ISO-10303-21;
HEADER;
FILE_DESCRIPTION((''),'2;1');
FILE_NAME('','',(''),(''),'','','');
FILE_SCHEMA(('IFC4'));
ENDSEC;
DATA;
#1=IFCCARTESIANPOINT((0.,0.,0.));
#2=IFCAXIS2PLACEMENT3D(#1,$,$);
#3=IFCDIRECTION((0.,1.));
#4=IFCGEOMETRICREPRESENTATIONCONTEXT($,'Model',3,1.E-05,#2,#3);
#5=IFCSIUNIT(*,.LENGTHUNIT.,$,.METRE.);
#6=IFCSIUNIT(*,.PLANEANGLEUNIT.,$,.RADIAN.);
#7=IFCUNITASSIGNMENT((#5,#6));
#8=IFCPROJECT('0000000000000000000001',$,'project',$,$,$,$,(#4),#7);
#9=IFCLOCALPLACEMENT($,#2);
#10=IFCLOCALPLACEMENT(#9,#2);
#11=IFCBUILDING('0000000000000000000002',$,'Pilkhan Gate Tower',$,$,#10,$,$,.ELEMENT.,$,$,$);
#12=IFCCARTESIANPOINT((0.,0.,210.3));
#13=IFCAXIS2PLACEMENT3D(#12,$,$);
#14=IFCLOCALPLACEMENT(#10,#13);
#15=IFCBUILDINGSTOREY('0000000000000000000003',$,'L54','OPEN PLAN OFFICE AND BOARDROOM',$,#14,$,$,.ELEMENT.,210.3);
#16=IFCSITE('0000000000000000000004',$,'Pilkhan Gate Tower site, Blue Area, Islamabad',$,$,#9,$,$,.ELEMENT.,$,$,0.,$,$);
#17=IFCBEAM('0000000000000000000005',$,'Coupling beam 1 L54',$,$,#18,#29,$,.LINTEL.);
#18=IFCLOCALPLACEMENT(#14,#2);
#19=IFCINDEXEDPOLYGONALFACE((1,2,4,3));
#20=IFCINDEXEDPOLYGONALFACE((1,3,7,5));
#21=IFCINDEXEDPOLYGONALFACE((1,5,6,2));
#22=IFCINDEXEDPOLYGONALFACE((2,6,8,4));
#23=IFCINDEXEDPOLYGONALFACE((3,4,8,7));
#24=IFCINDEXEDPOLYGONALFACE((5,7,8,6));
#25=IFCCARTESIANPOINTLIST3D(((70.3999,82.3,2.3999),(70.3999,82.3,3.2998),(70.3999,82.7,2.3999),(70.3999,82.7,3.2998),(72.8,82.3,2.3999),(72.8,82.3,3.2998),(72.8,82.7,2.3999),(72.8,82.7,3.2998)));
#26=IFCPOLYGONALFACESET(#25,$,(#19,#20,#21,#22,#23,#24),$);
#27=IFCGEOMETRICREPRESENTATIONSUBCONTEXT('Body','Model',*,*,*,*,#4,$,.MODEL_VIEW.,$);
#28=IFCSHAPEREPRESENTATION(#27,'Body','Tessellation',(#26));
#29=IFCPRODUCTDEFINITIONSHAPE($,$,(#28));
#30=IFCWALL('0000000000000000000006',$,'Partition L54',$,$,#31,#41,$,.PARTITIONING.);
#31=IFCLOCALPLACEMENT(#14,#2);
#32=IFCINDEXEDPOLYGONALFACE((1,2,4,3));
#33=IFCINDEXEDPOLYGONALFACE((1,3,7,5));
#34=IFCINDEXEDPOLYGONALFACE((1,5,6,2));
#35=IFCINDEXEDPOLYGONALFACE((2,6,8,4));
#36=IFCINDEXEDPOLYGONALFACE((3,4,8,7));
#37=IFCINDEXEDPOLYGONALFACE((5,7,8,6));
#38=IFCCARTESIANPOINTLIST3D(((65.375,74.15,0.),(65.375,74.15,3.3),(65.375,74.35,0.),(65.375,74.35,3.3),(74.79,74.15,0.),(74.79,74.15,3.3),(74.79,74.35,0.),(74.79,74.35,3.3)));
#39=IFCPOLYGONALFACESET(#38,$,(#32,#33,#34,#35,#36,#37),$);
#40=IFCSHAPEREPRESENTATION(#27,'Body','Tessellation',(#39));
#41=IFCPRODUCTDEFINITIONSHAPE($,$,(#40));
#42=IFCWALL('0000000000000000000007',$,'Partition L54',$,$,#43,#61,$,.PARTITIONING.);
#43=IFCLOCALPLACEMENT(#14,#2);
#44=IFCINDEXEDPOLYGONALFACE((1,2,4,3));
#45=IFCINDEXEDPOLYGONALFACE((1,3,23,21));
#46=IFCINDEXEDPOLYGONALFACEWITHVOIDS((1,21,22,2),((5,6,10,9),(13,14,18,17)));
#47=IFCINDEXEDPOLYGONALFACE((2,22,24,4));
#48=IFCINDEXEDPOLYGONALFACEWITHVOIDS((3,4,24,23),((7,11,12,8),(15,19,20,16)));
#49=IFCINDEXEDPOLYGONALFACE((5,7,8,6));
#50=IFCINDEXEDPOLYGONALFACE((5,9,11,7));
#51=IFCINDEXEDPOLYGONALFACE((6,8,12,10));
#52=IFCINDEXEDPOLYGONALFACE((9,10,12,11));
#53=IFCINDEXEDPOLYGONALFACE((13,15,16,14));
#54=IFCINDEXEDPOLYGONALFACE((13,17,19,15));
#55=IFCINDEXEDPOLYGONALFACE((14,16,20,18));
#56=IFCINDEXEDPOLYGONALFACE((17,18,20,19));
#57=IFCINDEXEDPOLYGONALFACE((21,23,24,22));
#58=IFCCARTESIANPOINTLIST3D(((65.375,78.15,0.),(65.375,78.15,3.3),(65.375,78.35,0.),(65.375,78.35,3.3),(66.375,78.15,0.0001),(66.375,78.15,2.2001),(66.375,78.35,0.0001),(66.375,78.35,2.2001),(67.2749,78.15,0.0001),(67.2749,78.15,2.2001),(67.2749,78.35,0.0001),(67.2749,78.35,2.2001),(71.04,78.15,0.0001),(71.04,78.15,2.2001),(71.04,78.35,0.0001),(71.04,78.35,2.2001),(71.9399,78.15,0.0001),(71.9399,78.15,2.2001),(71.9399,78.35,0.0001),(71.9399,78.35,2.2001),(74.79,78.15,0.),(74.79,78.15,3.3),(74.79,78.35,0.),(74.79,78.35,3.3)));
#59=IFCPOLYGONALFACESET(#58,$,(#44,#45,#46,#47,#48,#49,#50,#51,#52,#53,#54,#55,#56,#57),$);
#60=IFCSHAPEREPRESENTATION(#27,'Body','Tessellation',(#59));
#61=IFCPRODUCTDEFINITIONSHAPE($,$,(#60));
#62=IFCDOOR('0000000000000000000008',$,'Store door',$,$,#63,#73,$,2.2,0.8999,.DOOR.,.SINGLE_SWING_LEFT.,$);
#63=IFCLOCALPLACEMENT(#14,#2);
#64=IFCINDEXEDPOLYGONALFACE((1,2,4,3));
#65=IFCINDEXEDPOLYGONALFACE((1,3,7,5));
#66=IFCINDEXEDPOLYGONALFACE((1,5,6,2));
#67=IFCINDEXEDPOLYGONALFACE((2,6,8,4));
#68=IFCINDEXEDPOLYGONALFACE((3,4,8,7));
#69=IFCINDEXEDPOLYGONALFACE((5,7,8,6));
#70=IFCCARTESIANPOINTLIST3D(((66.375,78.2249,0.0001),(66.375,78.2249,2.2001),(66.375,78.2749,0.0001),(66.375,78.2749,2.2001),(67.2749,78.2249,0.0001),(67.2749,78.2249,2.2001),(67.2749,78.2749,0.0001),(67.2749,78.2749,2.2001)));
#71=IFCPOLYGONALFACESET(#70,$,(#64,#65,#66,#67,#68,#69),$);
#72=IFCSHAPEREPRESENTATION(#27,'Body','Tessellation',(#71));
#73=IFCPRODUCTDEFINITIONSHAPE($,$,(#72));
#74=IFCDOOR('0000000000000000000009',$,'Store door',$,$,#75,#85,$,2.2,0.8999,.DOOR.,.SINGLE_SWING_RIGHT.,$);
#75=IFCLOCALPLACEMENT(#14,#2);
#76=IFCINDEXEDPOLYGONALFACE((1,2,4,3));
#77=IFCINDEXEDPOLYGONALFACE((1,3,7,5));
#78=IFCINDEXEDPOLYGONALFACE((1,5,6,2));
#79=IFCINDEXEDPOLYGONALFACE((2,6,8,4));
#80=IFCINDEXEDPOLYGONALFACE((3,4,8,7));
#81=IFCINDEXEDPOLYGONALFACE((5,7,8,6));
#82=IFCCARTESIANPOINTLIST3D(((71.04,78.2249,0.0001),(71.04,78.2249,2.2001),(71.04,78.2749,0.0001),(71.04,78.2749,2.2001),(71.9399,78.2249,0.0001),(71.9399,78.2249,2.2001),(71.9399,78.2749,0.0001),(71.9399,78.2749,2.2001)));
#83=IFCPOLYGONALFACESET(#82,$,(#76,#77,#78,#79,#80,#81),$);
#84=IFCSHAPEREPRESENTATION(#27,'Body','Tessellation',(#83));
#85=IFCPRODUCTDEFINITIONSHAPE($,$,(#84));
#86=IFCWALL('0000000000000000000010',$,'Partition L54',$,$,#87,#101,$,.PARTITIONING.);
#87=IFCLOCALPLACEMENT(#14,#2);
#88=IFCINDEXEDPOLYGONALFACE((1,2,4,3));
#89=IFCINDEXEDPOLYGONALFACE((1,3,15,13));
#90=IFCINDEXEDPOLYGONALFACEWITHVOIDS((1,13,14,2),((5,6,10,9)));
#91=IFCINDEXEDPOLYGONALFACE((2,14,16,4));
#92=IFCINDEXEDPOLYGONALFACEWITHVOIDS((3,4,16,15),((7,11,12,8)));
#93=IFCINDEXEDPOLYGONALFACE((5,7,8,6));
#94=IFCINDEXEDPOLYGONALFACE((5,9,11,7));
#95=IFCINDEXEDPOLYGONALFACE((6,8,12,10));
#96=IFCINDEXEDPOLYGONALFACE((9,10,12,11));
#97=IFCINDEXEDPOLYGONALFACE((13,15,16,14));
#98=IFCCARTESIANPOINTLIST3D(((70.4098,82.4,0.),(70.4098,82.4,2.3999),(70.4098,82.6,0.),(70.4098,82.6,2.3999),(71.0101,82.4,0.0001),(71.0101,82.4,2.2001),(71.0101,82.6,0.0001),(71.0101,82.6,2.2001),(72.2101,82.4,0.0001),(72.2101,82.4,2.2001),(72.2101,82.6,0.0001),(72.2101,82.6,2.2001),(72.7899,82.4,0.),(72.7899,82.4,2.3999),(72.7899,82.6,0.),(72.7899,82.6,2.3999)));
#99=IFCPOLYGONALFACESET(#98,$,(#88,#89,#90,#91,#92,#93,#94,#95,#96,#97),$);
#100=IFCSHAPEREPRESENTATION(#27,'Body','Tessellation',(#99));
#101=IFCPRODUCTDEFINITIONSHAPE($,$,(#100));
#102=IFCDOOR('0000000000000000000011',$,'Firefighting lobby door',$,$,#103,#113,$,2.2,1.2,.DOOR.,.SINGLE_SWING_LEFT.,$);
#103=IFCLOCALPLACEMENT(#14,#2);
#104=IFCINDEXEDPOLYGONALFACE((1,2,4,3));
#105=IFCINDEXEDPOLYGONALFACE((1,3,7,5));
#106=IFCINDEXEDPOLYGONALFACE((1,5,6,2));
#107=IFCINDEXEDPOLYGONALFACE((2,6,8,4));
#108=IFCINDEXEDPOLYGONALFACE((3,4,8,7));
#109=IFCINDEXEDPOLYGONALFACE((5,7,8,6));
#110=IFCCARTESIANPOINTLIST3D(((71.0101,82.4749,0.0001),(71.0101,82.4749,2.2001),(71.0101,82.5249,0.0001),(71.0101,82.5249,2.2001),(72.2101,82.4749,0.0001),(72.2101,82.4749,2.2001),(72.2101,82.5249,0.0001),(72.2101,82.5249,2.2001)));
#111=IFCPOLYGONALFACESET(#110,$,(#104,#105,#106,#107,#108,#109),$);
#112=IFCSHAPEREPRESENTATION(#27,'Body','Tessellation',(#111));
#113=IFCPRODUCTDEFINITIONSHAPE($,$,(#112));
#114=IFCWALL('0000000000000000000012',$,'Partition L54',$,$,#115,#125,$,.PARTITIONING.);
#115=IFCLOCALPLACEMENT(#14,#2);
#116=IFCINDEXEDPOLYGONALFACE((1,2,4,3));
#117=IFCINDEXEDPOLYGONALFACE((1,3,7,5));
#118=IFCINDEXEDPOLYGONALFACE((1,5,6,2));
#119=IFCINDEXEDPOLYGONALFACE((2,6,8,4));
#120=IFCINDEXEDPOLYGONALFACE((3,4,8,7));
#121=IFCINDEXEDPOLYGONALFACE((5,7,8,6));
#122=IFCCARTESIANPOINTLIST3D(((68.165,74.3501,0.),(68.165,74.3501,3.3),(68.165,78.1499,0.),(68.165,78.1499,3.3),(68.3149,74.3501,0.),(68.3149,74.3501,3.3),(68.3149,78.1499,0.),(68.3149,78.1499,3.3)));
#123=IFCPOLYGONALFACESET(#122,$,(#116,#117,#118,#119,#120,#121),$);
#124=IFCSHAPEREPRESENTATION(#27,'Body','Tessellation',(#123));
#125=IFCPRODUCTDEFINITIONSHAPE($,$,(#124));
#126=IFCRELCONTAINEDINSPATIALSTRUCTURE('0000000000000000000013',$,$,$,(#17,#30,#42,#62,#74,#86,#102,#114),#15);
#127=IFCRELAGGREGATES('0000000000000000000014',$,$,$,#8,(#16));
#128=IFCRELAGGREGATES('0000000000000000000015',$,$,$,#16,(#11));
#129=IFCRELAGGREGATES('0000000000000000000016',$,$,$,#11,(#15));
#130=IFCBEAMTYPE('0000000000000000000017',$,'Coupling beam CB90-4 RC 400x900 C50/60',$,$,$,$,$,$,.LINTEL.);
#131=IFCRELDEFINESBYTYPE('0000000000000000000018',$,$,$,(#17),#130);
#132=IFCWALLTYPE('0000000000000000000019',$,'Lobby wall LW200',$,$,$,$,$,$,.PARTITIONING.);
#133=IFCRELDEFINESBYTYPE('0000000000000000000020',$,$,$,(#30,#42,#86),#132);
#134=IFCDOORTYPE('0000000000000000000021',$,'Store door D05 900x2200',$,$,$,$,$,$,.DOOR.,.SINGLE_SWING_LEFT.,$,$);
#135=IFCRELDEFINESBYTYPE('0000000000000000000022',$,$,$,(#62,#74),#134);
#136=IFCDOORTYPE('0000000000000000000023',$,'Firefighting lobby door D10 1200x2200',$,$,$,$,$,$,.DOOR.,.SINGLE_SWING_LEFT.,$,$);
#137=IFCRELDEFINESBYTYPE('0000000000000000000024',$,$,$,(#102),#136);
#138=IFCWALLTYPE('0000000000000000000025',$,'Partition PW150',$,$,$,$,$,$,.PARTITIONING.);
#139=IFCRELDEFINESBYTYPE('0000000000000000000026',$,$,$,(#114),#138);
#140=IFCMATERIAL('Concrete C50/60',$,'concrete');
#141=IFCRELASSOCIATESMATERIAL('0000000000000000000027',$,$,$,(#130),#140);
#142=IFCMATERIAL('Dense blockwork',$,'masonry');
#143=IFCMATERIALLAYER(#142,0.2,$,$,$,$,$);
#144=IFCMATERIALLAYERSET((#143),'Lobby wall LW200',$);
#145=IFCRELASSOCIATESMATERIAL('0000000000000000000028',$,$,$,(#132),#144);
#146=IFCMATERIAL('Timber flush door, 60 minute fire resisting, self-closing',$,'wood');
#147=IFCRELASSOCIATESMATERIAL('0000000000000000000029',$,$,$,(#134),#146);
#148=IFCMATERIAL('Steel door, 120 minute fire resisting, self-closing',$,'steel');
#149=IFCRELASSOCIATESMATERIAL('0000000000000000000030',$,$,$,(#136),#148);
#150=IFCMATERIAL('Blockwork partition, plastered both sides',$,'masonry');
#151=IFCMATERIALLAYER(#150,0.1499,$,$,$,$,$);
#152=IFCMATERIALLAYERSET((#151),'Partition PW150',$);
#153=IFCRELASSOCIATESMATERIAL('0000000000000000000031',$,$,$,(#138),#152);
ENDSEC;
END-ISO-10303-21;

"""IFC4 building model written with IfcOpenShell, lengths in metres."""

from ifc_helpers import new_model, si_unit, direction, frame, frame_2d, origin, origin_2d, place, context, subcontext, project, spatial, rectangle, extrude, material, layer, layer_set, material_profile, profile_set, type_object, element, fill, save


model = new_model("IFC4")

# Units and contexts
model_context = context("Model", 3, precision=1e-05, world=origin(), true_north=direction((0.0, 1.0)))
body_context = subcontext(model_context, "Body", "Model", "MODEL_VIEW")
ifc_project = project(units=[si_unit("LENGTHUNIT", "METRE"), si_unit("PLANEANGLEUNIT", "RADIAN")], contexts=[model_context])

# Site, building, storey
site_placement = place(None, origin())
site = spatial("IfcSite", under=ifc_project, at=site_placement, Name="Pilkhan Gate Tower site, Blue Area, Islamabad", CompositionType="ELEMENT", RefElevation=0.0)
building_placement = place(site_placement, origin())
building = spatial("IfcBuilding", under=site, at=building_placement, Name="Pilkhan Gate Tower", CompositionType="ELEMENT")
storey_placement = place(building_placement, frame((0.0, 0.0, 210.3)))
storey = spatial("IfcBuildingStorey", under=building, at=storey_placement, Name="L54", Description="OPEN PLAN OFFICE AND BOARDROOM", CompositionType="ELEMENT", Elevation=210.3)

# Beam
ifc_material_1 = material(Name="Concrete C50/60", Category="concrete")
ifc_material_profile = material_profile(ifc_material_1, rectangle(XDim=0.3999, YDim=0.8999, at=origin_2d()), Name="RC 400x900")
ifc_profile_set = profile_set([ifc_material_profile], Name="Concrete C50/60")
beam_type = type_object("IfcBeamType", Name="Coupling beam CB90-4 RC 400x900 C50/60", PredefinedType="LINTEL", material=ifc_profile_set)
beam_placement = place(storey_placement, frame((70.3999, 82.5, 2.8499), z_axis=(1.0, 0.0, 0.0), x_axis=(0.0, 1.0, 0.0)))
element("IfcBeam", 1, at=beam_placement, inside=storey, type_object=beam_type, Name="Coupling beam 1 L54", PredefinedType="LINTEL", context=body_context, shape_type="SweptSolid", body=[
    extrude(rectangle(XDim=0.3999, YDim=0.8999, at=origin_2d()), origin(), (0.0, 0.0, 1.0), 2.4001),
])

# Wall
ifc_material_2 = material(Name="Dense blockwork", Category="masonry")
ifc_layer_1 = layer(ifc_material_2, 0.2)
ifc_layer_set_1 = layer_set([ifc_layer_1], Name="Lobby wall LW200")
wall_type_1 = type_object("IfcWallType", Name="Lobby wall LW200", PredefinedType="PARTITIONING", material=ifc_layer_set_1)
wall_1_placement = place(storey_placement, frame((65.375, 74.25, 0.0), z_axis=(0.0, 0.0, 1.0), x_axis=(1.0, 0.0, 0.0)))
element("IfcWall", 2, at=wall_1_placement, inside=storey, type_object=wall_type_1, Name="Partition L54", PredefinedType="PARTITIONING", context=body_context, shape_type="SweptSolid", body=[
    extrude(rectangle(XDim=9.415, YDim=0.2, at=frame_2d((4.7075, 0.0))), origin(), (0.0, 0.0, 1.0), 3.3),
])

# Wall, openings, doors
wall_2_placement = place(storey_placement, frame((65.375, 78.25, 0.0), z_axis=(0.0, 0.0, 1.0), x_axis=(1.0, 0.0, 0.0)))
wall_2 = element("IfcWall", 3, at=wall_2_placement, inside=storey, type_object=wall_type_1, Name="Partition L54", PredefinedType="PARTITIONING", context=body_context, shape_type="SweptSolid", body=[
    extrude(rectangle(XDim=9.415, YDim=0.2, at=frame_2d((4.7075, 0.0))), origin(), (0.0, 0.0, 1.0), 3.3),
])
opening_1_placement = place(wall_2_placement, frame((1.0, 0.0, 0.0)))
opening_1 = element("IfcOpeningElement", 4, at=opening_1_placement, cuts=wall_2, PredefinedType="OPENING", context=body_context, shape_type="SweptSolid", body=[
    extrude(rectangle(XDim=0.8999, YDim=2.2, at=frame_2d((0.45, 1.1001))), frame((0.0, 0.1099, 0.0), z_axis=(0.0, -1.0, 0.0), x_axis=(1.0, 0.0, 0.0)), (0.0, 0.0, 1.0), 0.22),
])
opening_2_placement = place(wall_2_placement, frame((5.665, 0.0, 0.0)))
opening_2 = element("IfcOpeningElement", 5, at=opening_2_placement, cuts=wall_2, PredefinedType="OPENING", context=body_context, shape_type="SweptSolid", body=[
    extrude(rectangle(XDim=0.8999, YDim=2.2, at=frame_2d((0.45, 1.1001))), frame((0.0, 0.1099, 0.0), z_axis=(0.0, -1.0, 0.0), x_axis=(1.0, 0.0, 0.0)), (0.0, 0.0, 1.0), 0.22),
])
ifc_material_3 = material(Name="Timber flush door, 60 minute fire resisting, self-closing", Category="wood")
door_type_1 = type_object("IfcDoorType", Name="Store door D05 900x2200", OperationType="SINGLE_SWING_LEFT", PredefinedType="DOOR", material=ifc_material_3)
door_1_placement = place(opening_1_placement, origin())
door_1 = element("IfcDoor", 6, at=door_1_placement, inside=storey, type_object=door_type_1, Name="Store door", OperationType="SINGLE_SWING_LEFT", OverallHeight=2.2, OverallWidth=0.8999, PredefinedType="DOOR", context=body_context, shape_type="SweptSolid", body=[
    extrude(rectangle(XDim=0.8999, YDim=2.2, at=frame_2d((0.45, 1.1001))), frame((0.0, 0.0249, 0.0), z_axis=(0.0, -1.0, 0.0), x_axis=(1.0, 0.0, 0.0)), (0.0, 0.0, 1.0), 0.05),
])
fill(opening_1, door_1)
door_2_placement = place(opening_2_placement, origin())
door_2 = element("IfcDoor", 7, at=door_2_placement, inside=storey, type_object=door_type_1, Name="Store door", OperationType="SINGLE_SWING_RIGHT", OverallHeight=2.2, OverallWidth=0.8999, PredefinedType="DOOR", context=body_context, shape_type="SweptSolid", body=[
    extrude(rectangle(XDim=0.8999, YDim=2.2, at=frame_2d((0.45, 1.1001))), frame((0.0, 0.0249, 0.0), z_axis=(0.0, -1.0, 0.0), x_axis=(1.0, 0.0, 0.0)), (0.0, 0.0, 1.0), 0.05),
])
fill(opening_2, door_2)

# Wall, opening, door
wall_3_placement = place(storey_placement, frame((70.4099, 82.5, 0.0), z_axis=(0.0, 0.0, 1.0), x_axis=(1.0, 0.0, 0.0)))
wall_3 = element("IfcWall", 8, at=wall_3_placement, inside=storey, type_object=wall_type_1, Name="Partition L54", PredefinedType="PARTITIONING", context=body_context, shape_type="SweptSolid", body=[
    extrude(rectangle(XDim=2.3801, YDim=0.2, at=frame_2d((1.1899, 0.0))), origin(), (0.0, 0.0, 1.0), 2.3999),
])
opening_3_placement = place(wall_3_placement, frame((0.6001, 0.0, 0.0)))
opening_3 = element("IfcOpeningElement", 9, at=opening_3_placement, cuts=wall_3, PredefinedType="OPENING", context=body_context, shape_type="SweptSolid", body=[
    extrude(rectangle(XDim=1.2, YDim=2.2, at=frame_2d((0.6001, 1.1001))), frame((0.0, 0.1099, 0.0), z_axis=(0.0, -1.0, 0.0), x_axis=(1.0, 0.0, 0.0)), (0.0, 0.0, 1.0), 0.22),
])
ifc_material_4 = material(Name="Steel door, 120 minute fire resisting, self-closing", Category="steel")
door_type_2 = type_object("IfcDoorType", Name="Firefighting lobby door D10 1200x2200", OperationType="SINGLE_SWING_LEFT", PredefinedType="DOOR", material=ifc_material_4)
door_3_placement = place(opening_3_placement, origin())
door_3 = element("IfcDoor", 10, at=door_3_placement, inside=storey, type_object=door_type_2, Name="Firefighting lobby door", OperationType="SINGLE_SWING_LEFT", OverallHeight=2.2, OverallWidth=1.2, PredefinedType="DOOR", context=body_context, shape_type="SweptSolid", body=[
    extrude(rectangle(XDim=1.2, YDim=2.2, at=frame_2d((0.6001, 1.1001))), frame((0.0, 0.0249, 0.0), z_axis=(0.0, -1.0, 0.0), x_axis=(1.0, 0.0, 0.0)), (0.0, 0.0, 1.0), 0.05),
])
fill(opening_3, door_3)

# Wall
ifc_material_5 = material(Name="Blockwork partition, plastered both sides", Category="masonry")
ifc_layer_2 = layer(ifc_material_5, 0.1499)
ifc_layer_set_2 = layer_set([ifc_layer_2], Name="Partition PW150")
wall_type_2 = type_object("IfcWallType", Name="Partition PW150", PredefinedType="PARTITIONING", material=ifc_layer_set_2)
wall_4_placement = place(storey_placement, frame((68.24, 74.3501, 0.0), z_axis=(0.0, 0.0, 1.0), x_axis=(0.0, 1.0, 0.0)))
element("IfcWall", 11, at=wall_4_placement, inside=storey, type_object=wall_type_2, Name="Partition L54", PredefinedType="PARTITIONING", context=body_context, shape_type="SweptSolid", body=[
    extrude(rectangle(XDim=3.7998, YDim=0.1499, at=frame_2d((1.8999, 0.0))), origin(), (0.0, 0.0, 1.0), 3.3),
])

save(model, "model.ifc")
